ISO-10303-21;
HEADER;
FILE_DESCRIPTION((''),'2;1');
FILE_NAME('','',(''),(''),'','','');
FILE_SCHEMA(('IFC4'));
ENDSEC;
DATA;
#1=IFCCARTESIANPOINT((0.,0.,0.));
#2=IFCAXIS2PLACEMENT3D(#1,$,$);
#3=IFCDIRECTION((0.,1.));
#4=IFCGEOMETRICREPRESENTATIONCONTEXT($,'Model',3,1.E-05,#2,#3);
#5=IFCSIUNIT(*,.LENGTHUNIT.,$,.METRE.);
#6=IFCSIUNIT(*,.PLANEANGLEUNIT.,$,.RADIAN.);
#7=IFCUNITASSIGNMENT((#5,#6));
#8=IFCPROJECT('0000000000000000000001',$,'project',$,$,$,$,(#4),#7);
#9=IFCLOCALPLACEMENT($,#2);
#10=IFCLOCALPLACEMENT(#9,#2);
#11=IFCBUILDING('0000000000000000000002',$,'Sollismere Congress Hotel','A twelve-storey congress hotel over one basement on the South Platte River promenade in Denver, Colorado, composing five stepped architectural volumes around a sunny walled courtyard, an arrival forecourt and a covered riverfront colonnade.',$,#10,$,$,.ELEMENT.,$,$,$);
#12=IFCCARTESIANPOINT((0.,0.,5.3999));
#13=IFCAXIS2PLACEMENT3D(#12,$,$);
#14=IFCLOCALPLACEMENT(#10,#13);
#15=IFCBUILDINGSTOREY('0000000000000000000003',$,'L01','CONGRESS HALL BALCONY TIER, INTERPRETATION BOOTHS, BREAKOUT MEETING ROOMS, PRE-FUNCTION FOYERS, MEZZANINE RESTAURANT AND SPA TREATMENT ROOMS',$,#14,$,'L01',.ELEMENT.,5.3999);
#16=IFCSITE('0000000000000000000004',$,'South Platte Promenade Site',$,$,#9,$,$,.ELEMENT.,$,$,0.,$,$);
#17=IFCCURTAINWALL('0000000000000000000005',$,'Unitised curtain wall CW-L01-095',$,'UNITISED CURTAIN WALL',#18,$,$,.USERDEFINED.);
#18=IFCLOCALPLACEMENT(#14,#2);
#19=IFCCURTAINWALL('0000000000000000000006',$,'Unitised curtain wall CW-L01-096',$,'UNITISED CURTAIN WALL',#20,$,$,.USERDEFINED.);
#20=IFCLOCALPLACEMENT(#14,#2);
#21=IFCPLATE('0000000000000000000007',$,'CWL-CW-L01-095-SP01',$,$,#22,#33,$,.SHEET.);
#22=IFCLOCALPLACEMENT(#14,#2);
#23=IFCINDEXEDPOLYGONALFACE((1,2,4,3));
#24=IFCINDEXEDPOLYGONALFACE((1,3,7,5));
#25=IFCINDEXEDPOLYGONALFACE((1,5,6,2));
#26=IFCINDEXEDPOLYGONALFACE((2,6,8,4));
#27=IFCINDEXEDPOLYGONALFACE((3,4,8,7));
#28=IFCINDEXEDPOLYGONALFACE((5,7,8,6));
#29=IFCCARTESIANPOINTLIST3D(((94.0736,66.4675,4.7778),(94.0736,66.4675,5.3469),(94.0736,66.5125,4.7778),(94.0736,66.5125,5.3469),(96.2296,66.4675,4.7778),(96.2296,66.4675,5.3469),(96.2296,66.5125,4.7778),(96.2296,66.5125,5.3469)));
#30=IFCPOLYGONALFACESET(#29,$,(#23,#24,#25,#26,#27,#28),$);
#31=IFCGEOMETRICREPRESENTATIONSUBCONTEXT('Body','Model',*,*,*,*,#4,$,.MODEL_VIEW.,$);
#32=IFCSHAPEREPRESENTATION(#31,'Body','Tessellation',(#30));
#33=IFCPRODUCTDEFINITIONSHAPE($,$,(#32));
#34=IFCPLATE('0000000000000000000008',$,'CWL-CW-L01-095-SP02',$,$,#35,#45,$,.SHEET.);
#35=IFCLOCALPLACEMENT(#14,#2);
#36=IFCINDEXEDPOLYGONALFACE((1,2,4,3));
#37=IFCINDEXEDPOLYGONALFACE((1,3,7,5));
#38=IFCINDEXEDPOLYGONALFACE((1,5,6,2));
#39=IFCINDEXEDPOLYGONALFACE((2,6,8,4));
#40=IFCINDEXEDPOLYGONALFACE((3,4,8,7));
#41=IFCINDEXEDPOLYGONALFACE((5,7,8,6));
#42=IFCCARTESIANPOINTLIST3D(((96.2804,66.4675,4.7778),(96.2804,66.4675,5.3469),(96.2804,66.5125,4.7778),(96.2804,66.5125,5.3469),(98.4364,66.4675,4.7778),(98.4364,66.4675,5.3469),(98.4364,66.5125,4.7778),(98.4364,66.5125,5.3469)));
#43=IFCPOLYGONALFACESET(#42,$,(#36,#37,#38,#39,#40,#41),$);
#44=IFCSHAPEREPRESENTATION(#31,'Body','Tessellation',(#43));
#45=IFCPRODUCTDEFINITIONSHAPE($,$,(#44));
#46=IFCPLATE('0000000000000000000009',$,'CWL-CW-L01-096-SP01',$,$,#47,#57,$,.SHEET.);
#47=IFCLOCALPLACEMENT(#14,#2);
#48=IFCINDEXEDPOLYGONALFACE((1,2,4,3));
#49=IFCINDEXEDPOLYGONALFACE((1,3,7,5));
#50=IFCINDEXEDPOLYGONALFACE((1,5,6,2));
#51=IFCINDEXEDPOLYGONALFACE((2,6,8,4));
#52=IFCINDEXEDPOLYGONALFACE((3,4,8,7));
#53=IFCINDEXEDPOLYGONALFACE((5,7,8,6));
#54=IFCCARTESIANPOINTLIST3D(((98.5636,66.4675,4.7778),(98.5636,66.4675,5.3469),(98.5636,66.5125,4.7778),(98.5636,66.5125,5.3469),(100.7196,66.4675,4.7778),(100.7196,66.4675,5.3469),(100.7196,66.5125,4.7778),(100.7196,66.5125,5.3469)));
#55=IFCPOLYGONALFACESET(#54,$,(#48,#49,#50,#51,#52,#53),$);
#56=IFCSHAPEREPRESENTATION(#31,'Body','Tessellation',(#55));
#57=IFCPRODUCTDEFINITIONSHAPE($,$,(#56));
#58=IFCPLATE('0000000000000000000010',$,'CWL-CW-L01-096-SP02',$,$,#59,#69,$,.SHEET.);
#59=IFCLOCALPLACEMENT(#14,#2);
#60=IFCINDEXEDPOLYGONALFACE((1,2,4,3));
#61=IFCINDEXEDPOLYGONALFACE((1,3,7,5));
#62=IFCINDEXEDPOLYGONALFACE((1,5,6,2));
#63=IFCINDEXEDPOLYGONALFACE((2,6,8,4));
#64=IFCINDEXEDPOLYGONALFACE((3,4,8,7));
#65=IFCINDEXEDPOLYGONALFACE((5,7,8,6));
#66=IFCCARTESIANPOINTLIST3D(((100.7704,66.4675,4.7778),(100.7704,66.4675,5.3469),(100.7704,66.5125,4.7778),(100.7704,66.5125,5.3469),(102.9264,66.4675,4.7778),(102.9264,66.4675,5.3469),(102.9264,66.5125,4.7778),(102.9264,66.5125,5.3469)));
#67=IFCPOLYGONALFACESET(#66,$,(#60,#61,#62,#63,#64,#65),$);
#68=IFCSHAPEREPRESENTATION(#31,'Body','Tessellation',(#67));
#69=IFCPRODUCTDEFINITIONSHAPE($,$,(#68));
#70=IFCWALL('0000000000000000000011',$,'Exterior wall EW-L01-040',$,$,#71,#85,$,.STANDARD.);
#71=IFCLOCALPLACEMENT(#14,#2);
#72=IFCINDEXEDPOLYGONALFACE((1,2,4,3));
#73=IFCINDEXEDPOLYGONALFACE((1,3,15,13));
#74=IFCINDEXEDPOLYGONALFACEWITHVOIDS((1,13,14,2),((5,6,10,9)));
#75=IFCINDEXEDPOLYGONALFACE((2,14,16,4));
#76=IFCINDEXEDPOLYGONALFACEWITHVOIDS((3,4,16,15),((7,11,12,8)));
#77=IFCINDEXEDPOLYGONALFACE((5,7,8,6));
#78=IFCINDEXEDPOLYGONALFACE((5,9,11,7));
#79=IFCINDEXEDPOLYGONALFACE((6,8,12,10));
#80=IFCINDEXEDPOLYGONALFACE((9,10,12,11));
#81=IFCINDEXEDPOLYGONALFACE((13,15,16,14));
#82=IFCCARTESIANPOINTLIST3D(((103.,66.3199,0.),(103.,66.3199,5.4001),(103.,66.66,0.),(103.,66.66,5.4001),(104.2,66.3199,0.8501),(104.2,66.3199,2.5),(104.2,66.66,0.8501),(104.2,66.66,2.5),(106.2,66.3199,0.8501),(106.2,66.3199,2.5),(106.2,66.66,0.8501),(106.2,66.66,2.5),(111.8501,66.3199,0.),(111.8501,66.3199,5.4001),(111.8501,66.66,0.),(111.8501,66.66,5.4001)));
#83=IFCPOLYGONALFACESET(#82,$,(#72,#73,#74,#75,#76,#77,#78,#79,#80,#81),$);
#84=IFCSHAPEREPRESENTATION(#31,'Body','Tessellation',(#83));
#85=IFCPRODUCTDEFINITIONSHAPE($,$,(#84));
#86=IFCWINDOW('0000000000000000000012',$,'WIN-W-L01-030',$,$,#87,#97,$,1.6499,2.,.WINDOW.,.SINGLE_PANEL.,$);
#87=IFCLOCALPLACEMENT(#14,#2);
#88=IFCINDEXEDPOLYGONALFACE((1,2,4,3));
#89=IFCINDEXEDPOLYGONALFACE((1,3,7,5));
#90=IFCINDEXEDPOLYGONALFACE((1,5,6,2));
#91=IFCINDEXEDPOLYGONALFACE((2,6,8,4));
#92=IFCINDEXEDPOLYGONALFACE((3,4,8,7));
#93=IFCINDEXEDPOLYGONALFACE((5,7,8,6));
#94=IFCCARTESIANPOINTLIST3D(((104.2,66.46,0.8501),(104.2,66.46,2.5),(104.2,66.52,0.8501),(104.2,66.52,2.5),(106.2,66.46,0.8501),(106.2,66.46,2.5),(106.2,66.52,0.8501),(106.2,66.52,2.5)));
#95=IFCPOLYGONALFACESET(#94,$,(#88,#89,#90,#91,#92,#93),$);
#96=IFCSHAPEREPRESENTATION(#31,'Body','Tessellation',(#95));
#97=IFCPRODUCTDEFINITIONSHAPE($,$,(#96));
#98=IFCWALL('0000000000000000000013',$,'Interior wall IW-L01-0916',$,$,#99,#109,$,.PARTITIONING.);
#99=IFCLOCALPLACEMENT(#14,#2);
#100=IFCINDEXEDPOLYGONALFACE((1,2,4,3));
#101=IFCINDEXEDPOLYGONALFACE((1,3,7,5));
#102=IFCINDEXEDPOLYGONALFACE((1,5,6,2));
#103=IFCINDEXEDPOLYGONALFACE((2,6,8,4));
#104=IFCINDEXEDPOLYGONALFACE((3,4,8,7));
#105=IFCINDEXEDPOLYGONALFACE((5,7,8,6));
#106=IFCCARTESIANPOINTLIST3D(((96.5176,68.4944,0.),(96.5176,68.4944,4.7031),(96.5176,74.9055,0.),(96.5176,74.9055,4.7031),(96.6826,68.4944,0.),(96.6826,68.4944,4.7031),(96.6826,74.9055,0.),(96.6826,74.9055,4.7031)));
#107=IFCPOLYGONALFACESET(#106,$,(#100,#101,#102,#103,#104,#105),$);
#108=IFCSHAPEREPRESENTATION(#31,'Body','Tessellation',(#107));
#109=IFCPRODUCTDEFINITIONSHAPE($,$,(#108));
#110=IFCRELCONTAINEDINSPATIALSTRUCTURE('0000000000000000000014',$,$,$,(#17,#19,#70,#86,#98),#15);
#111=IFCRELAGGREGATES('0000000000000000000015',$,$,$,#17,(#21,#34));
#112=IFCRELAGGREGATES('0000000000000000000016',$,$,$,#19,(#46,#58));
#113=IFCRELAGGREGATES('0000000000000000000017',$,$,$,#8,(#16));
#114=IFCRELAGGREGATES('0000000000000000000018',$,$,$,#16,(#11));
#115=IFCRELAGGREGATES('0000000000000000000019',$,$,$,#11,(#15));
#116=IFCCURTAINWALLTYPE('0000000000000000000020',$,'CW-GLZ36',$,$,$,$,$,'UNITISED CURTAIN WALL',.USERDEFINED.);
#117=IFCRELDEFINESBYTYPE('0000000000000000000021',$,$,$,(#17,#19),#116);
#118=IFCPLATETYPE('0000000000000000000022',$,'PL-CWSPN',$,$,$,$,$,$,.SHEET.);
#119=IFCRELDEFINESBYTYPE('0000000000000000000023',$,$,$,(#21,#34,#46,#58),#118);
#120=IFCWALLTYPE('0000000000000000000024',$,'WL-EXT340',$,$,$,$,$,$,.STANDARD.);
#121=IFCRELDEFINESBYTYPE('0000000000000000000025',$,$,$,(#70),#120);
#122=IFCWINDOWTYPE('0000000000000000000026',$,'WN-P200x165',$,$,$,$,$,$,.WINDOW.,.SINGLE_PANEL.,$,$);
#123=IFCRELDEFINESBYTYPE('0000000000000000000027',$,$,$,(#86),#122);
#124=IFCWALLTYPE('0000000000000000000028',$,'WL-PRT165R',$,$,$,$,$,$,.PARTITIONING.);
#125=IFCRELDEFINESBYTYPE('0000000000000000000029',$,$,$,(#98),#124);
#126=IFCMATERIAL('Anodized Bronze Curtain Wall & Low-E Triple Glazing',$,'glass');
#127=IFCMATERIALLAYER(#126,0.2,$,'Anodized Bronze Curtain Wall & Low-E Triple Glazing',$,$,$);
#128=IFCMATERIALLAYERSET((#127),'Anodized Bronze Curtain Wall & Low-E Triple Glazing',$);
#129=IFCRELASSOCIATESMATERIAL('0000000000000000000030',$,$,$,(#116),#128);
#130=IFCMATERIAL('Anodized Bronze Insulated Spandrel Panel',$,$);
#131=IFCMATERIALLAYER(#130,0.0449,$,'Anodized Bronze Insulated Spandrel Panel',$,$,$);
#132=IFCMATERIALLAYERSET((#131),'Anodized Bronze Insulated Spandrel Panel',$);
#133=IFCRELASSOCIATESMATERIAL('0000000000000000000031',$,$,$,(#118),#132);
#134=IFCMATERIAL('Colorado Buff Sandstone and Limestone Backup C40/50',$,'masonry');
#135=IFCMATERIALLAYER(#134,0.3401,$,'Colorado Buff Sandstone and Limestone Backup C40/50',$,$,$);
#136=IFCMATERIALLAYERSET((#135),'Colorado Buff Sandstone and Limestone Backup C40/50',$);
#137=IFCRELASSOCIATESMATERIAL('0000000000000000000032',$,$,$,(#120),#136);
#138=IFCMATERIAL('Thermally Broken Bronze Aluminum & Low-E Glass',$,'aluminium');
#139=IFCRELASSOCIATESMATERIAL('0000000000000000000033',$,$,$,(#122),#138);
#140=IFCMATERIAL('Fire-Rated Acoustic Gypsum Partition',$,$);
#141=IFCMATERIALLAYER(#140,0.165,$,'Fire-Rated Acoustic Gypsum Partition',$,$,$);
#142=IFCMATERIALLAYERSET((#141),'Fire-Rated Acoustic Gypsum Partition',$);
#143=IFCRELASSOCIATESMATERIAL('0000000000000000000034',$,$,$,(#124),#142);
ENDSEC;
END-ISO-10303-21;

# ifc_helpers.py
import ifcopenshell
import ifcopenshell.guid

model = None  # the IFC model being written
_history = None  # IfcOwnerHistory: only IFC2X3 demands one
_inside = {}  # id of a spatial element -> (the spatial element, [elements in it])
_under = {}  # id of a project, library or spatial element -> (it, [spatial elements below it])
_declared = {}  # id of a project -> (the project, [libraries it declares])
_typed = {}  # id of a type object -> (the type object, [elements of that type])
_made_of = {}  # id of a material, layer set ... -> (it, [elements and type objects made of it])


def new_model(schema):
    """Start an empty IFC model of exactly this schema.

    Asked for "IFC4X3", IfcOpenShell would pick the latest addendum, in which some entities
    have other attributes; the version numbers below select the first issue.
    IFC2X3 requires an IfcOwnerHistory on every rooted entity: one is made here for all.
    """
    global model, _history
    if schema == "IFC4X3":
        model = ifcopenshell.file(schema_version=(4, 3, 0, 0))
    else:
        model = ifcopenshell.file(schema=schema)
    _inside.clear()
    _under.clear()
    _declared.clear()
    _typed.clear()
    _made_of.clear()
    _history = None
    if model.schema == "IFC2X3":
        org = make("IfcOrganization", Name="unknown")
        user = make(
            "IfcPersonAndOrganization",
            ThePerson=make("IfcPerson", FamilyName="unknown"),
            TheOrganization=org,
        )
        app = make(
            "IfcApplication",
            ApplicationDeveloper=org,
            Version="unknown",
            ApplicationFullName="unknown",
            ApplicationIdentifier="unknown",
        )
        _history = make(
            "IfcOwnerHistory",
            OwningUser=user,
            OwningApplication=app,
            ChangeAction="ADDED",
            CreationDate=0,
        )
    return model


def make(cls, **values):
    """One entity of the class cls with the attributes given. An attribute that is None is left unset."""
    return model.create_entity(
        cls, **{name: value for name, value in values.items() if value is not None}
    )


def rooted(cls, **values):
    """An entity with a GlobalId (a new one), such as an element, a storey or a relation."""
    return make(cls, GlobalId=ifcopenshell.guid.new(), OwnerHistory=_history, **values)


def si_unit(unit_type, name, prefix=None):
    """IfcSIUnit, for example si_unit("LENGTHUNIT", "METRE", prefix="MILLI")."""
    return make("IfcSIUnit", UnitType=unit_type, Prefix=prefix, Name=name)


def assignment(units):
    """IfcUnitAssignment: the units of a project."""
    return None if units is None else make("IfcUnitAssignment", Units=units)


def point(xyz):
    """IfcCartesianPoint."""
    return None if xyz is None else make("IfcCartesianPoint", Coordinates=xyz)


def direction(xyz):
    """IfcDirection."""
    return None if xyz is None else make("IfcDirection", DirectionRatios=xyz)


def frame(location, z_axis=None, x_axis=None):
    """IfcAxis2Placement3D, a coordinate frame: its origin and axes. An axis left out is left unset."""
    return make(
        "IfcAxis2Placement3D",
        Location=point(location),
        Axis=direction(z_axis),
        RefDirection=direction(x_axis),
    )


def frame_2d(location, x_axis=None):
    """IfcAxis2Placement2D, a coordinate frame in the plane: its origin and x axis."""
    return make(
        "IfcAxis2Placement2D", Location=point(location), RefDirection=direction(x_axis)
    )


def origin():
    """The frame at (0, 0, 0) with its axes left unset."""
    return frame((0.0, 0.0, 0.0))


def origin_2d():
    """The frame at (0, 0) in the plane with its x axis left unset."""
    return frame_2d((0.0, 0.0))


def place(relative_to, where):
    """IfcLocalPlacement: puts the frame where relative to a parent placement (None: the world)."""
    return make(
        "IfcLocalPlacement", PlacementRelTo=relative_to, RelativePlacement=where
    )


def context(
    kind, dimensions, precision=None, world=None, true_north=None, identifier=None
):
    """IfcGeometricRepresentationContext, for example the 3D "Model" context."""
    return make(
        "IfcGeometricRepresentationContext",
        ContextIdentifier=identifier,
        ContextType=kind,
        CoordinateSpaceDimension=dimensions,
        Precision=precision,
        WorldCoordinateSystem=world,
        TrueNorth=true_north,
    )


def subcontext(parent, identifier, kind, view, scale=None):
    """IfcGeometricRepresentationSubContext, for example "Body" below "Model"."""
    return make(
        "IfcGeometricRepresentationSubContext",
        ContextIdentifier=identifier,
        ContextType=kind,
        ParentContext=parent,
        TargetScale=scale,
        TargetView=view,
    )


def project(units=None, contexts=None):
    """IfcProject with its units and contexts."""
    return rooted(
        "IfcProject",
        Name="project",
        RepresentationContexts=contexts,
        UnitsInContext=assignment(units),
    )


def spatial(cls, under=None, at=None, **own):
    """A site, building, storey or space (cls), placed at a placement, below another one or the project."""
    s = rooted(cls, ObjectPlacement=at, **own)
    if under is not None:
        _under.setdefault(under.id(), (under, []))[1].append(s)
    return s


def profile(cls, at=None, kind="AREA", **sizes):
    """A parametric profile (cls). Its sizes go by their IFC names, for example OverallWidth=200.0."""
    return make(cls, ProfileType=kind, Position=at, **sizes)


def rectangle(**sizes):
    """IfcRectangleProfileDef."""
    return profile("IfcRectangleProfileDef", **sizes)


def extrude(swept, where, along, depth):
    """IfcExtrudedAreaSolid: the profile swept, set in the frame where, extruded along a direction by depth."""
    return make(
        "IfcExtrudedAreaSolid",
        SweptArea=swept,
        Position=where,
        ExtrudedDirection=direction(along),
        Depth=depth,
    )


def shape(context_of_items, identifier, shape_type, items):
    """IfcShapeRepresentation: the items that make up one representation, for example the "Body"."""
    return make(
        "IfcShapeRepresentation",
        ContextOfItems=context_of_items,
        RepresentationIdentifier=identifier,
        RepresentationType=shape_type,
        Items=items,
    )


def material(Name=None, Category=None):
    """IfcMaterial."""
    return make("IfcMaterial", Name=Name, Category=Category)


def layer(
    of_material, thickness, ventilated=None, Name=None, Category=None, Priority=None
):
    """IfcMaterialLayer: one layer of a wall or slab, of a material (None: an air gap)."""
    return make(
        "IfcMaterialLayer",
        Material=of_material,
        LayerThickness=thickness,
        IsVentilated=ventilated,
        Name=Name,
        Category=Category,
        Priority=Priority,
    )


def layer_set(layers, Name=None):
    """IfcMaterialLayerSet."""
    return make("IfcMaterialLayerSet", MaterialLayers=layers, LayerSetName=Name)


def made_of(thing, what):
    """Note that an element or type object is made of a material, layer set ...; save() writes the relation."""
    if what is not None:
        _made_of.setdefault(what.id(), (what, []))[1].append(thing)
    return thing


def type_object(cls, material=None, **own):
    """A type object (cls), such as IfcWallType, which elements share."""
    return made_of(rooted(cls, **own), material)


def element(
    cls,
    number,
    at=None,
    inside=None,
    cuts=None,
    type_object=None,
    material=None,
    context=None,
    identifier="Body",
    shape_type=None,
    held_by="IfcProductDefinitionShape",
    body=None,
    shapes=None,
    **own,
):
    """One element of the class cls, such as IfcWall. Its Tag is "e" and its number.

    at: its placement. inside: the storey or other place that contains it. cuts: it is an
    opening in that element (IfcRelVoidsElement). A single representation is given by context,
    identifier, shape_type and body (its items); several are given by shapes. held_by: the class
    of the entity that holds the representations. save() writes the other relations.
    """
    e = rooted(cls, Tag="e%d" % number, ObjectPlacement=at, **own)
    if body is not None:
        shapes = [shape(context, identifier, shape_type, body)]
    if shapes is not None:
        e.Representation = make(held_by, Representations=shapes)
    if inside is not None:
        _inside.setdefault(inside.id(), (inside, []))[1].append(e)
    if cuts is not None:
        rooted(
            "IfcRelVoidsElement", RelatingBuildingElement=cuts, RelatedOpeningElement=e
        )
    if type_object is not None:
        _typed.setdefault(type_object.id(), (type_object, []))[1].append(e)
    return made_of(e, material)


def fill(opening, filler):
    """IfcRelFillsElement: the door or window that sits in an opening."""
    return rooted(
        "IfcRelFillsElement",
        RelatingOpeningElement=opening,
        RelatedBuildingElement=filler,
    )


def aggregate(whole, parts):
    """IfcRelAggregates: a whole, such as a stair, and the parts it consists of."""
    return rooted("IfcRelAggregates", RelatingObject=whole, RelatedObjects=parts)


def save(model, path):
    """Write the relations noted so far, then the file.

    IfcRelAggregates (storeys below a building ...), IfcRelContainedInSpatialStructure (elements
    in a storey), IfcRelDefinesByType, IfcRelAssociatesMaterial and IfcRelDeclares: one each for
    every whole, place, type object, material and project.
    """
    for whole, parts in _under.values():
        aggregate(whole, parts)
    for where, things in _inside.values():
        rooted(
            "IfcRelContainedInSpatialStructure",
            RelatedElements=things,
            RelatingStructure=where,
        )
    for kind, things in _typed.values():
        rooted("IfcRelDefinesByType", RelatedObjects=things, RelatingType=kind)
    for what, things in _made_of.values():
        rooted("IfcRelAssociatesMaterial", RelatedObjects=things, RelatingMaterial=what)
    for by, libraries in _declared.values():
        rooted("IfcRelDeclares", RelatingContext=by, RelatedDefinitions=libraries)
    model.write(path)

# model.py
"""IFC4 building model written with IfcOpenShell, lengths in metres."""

from ifc_helpers import new_model, si_unit, direction, frame, frame_2d, origin, origin_2d, place, context, subcontext, project, spatial, rectangle, extrude, material, layer, layer_set, type_object, element, fill, aggregate, save


model = new_model("IFC4")

# Units and contexts
model_context = context("Model", 3, precision=1e-05, world=origin(), true_north=direction((0.0, 1.0)))
body_context = subcontext(model_context, "Body", "Model", "MODEL_VIEW")
ifc_project = project(units=[si_unit("LENGTHUNIT", "METRE"), si_unit("PLANEANGLEUNIT", "RADIAN")], contexts=[model_context])

# Site, building, storey
site_placement = place(None, origin())
site = spatial("IfcSite", under=ifc_project, at=site_placement, Name="South Platte Promenade Site", CompositionType="ELEMENT", RefElevation=0.0)
building_placement = place(site_placement, origin())
building = spatial("IfcBuilding", under=site, at=building_placement, Name="Sollismere Congress Hotel", Description="A twelve-storey congress hotel over one basement on the South Platte River promenade in Denver, Colorado, composing five stepped architectural volumes around a sunny walled courtyard, an arrival forecourt and a covered riverfront colonnade.", CompositionType="ELEMENT")
storey_placement = place(building_placement, frame((0.0, 0.0, 5.3999)))
storey = spatial("IfcBuildingStorey", under=building, at=storey_placement, Name="L01", Description="CONGRESS HALL BALCONY TIER, INTERPRETATION BOOTHS, BREAKOUT MEETING ROOMS, PRE-FUNCTION FOYERS, MEZZANINE RESTAURANT AND SPA TREATMENT ROOMS", LongName="L01", CompositionType="ELEMENT", Elevation=5.3999)

# Curtain walls
ifc_material_1 = material(Name="Anodized Bronze Curtain Wall & Low-E Triple Glazing", Category="glass")
ifc_layer_1 = layer(ifc_material_1, 0.2, Name="Anodized Bronze Curtain Wall & Low-E Triple Glazing")
ifc_layer_set_1 = layer_set([ifc_layer_1], Name="Anodized Bronze Curtain Wall & Low-E Triple Glazing")
curtain_wall_type = type_object("IfcCurtainWallType", Name="CW-GLZ36", ElementType="UNITISED CURTAIN WALL", PredefinedType="USERDEFINED", material=ifc_layer_set_1)
curtain_wall_1_placement = place(storey_placement, origin())
curtain_wall_1 = element("IfcCurtainWall", 1, at=curtain_wall_1_placement, inside=storey, type_object=curtain_wall_type, Name="Unitised curtain wall CW-L01-095", ObjectType="UNITISED CURTAIN WALL", PredefinedType="USERDEFINED")
curtain_wall_2_placement = place(storey_placement, origin())
curtain_wall_2 = element("IfcCurtainWall", 2, at=curtain_wall_2_placement, inside=storey, type_object=curtain_wall_type, Name="Unitised curtain wall CW-L01-096", ObjectType="UNITISED CURTAIN WALL", PredefinedType="USERDEFINED")

# Plates
ifc_material_2 = material(Name="Anodized Bronze Insulated Spandrel Panel")
ifc_layer_2 = layer(ifc_material_2, 0.0449, Name="Anodized Bronze Insulated Spandrel Panel")
ifc_layer_set_2 = layer_set([ifc_layer_2], Name="Anodized Bronze Insulated Spandrel Panel")
plate_type_1 = type_object("IfcPlateType", Name="PL-CWSPN", PredefinedType="SHEET", material=ifc_layer_set_2)
plate_1_placement = place(storey_placement, frame((95.1516, 66.49, 4.7778), z_axis=(0.0, 0.0, 1.0), x_axis=(1.0, 0.0, 0.0)))
plate_1 = element("IfcPlate", 3, at=plate_1_placement, type_object=plate_type_1, Name="CWL-CW-L01-095-SP01", PredefinedType="SHEET", context=body_context, shape_type="SweptSolid", body=[
    extrude(rectangle(XDim=2.156, YDim=0.0449, at=origin_2d()), origin(), (0.0, 0.0, 1.0), 0.5691),
])
plate_2_placement = place(storey_placement, frame((97.3584, 66.49, 4.7778), z_axis=(0.0, 0.0, 1.0), x_axis=(1.0, 0.0, 0.0)))
plate_2 = element("IfcPlate", 4, at=plate_2_placement, type_object=plate_type_1, Name="CWL-CW-L01-095-SP02", PredefinedType="SHEET", context=body_context, shape_type="SweptSolid", body=[
    extrude(rectangle(XDim=2.156, YDim=0.0449, at=origin_2d()), origin(), (0.0, 0.0, 1.0), 0.5691),
])
aggregate(curtain_wall_1, [plate_1, plate_2])
plate_3_placement = place(storey_placement, frame((99.6416, 66.49, 4.7778), z_axis=(0.0, 0.0, 1.0), x_axis=(1.0, 0.0, 0.0)))
plate_3 = element("IfcPlate", 5, at=plate_3_placement, type_object=plate_type_1, Name="CWL-CW-L01-096-SP01", PredefinedType="SHEET", context=body_context, shape_type="SweptSolid", body=[
    extrude(rectangle(XDim=2.156, YDim=0.0449, at=origin_2d()), origin(), (0.0, 0.0, 1.0), 0.5691),
])
plate_4_placement = place(storey_placement, frame((101.8484, 66.49, 4.7778), z_axis=(0.0, 0.0, 1.0), x_axis=(1.0, 0.0, 0.0)))
plate_4 = element("IfcPlate", 6, at=plate_4_placement, type_object=plate_type_1, Name="CWL-CW-L01-096-SP02", PredefinedType="SHEET", context=body_context, shape_type="SweptSolid", body=[
    extrude(rectangle(XDim=2.156, YDim=0.0449, at=origin_2d()), origin(), (0.0, 0.0, 1.0), 0.5691),
])
aggregate(curtain_wall_2, [plate_3, plate_4])

# Wall, opening, window
ifc_material_3 = material(Name="Colorado Buff Sandstone and Limestone Backup C40/50", Category="masonry")
ifc_layer_3 = layer(ifc_material_3, 0.3401, Name="Colorado Buff Sandstone and Limestone Backup C40/50")
ifc_layer_set_3 = layer_set([ifc_layer_3], Name="Colorado Buff Sandstone and Limestone Backup C40/50")
wall_type_1 = type_object("IfcWallType", Name="WL-EXT340", PredefinedType="STANDARD", material=ifc_layer_set_3)
wall_1_placement = place(storey_placement, frame((103.0, 66.49, 0.0), z_axis=(0.0, 0.0, 1.0), x_axis=(1.0, 0.0, 0.0)))
wall_1 = element("IfcWall", 7, at=wall_1_placement, inside=storey, type_object=wall_type_1, Name="Exterior wall EW-L01-040", PredefinedType="STANDARD", context=body_context, shape_type="SweptSolid", body=[
    extrude(rectangle(XDim=8.8501, YDim=0.3401, at=frame_2d((4.425, 0.0))), origin(), (0.0, 0.0, 1.0), 5.4001),
])
opening_placement = place(wall_1_placement, frame((1.2, 0.0, 0.8501)))
opening = element("IfcOpeningElement", 8, at=opening_placement, cuts=wall_1, PredefinedType="OPENING", context=body_context, shape_type="SweptSolid", body=[
    extrude(rectangle(XDim=2.0, YDim=1.6499, at=frame_2d((1.0, 0.825))), frame((0.0, 0.1799, 0.0), z_axis=(0.0, -1.0, 0.0), x_axis=(1.0, 0.0, 0.0)), (0.0, 0.0, 1.0), 0.3601),
])
ifc_material_4 = material(Name="Thermally Broken Bronze Aluminum & Low-E Glass", Category="aluminium")
window_type = type_object("IfcWindowType", Name="WN-P200x165", PartitioningType="SINGLE_PANEL", PredefinedType="WINDOW", material=ifc_material_4)
window_placement = place(opening_placement, origin())
window = element("IfcWindow", 9, at=window_placement, inside=storey, type_object=window_type, Name="WIN-W-L01-030", OverallHeight=1.6499, OverallWidth=2.0, PartitioningType="SINGLE_PANEL", PredefinedType="WINDOW", context=body_context, shape_type="SweptSolid", body=[
    extrude(rectangle(XDim=2.0, YDim=1.6499, at=frame_2d((1.0, 0.825))), frame((0.0, 0.03, 0.0), z_axis=(0.0, -1.0, 0.0), x_axis=(1.0, 0.0, 0.0)), (0.0, 0.0, 1.0), 0.0601),
])
fill(opening, window)

# Wall
ifc_material_5 = material(Name="Fire-Rated Acoustic Gypsum Partition")
ifc_layer_4 = layer(ifc_material_5, 0.165, Name="Fire-Rated Acoustic Gypsum Partition")
ifc_layer_set_4 = layer_set([ifc_layer_4], Name="Fire-Rated Acoustic Gypsum Partition")
wall_type_2 = type_object("IfcWallType", Name="WL-PRT165R", PredefinedType="PARTITIONING", material=ifc_layer_set_4)
wall_2_placement = place(storey_placement, frame((96.6001, 68.4944, 0.0), z_axis=(0.0, 0.0, 1.0), x_axis=(0.0, 1.0, 0.0)))
element("IfcWall", 10, at=wall_2_placement, inside=storey, type_object=wall_type_2, Name="Interior wall IW-L01-0916", PredefinedType="PARTITIONING", context=body_context, shape_type="SweptSolid", body=[
    extrude(rectangle(XDim=6.4111, YDim=0.165, at=frame_2d((3.2056, 0.0))), origin(), (0.0, 0.0, 1.0), 4.7031),
])

save(model, "model.ifc")
